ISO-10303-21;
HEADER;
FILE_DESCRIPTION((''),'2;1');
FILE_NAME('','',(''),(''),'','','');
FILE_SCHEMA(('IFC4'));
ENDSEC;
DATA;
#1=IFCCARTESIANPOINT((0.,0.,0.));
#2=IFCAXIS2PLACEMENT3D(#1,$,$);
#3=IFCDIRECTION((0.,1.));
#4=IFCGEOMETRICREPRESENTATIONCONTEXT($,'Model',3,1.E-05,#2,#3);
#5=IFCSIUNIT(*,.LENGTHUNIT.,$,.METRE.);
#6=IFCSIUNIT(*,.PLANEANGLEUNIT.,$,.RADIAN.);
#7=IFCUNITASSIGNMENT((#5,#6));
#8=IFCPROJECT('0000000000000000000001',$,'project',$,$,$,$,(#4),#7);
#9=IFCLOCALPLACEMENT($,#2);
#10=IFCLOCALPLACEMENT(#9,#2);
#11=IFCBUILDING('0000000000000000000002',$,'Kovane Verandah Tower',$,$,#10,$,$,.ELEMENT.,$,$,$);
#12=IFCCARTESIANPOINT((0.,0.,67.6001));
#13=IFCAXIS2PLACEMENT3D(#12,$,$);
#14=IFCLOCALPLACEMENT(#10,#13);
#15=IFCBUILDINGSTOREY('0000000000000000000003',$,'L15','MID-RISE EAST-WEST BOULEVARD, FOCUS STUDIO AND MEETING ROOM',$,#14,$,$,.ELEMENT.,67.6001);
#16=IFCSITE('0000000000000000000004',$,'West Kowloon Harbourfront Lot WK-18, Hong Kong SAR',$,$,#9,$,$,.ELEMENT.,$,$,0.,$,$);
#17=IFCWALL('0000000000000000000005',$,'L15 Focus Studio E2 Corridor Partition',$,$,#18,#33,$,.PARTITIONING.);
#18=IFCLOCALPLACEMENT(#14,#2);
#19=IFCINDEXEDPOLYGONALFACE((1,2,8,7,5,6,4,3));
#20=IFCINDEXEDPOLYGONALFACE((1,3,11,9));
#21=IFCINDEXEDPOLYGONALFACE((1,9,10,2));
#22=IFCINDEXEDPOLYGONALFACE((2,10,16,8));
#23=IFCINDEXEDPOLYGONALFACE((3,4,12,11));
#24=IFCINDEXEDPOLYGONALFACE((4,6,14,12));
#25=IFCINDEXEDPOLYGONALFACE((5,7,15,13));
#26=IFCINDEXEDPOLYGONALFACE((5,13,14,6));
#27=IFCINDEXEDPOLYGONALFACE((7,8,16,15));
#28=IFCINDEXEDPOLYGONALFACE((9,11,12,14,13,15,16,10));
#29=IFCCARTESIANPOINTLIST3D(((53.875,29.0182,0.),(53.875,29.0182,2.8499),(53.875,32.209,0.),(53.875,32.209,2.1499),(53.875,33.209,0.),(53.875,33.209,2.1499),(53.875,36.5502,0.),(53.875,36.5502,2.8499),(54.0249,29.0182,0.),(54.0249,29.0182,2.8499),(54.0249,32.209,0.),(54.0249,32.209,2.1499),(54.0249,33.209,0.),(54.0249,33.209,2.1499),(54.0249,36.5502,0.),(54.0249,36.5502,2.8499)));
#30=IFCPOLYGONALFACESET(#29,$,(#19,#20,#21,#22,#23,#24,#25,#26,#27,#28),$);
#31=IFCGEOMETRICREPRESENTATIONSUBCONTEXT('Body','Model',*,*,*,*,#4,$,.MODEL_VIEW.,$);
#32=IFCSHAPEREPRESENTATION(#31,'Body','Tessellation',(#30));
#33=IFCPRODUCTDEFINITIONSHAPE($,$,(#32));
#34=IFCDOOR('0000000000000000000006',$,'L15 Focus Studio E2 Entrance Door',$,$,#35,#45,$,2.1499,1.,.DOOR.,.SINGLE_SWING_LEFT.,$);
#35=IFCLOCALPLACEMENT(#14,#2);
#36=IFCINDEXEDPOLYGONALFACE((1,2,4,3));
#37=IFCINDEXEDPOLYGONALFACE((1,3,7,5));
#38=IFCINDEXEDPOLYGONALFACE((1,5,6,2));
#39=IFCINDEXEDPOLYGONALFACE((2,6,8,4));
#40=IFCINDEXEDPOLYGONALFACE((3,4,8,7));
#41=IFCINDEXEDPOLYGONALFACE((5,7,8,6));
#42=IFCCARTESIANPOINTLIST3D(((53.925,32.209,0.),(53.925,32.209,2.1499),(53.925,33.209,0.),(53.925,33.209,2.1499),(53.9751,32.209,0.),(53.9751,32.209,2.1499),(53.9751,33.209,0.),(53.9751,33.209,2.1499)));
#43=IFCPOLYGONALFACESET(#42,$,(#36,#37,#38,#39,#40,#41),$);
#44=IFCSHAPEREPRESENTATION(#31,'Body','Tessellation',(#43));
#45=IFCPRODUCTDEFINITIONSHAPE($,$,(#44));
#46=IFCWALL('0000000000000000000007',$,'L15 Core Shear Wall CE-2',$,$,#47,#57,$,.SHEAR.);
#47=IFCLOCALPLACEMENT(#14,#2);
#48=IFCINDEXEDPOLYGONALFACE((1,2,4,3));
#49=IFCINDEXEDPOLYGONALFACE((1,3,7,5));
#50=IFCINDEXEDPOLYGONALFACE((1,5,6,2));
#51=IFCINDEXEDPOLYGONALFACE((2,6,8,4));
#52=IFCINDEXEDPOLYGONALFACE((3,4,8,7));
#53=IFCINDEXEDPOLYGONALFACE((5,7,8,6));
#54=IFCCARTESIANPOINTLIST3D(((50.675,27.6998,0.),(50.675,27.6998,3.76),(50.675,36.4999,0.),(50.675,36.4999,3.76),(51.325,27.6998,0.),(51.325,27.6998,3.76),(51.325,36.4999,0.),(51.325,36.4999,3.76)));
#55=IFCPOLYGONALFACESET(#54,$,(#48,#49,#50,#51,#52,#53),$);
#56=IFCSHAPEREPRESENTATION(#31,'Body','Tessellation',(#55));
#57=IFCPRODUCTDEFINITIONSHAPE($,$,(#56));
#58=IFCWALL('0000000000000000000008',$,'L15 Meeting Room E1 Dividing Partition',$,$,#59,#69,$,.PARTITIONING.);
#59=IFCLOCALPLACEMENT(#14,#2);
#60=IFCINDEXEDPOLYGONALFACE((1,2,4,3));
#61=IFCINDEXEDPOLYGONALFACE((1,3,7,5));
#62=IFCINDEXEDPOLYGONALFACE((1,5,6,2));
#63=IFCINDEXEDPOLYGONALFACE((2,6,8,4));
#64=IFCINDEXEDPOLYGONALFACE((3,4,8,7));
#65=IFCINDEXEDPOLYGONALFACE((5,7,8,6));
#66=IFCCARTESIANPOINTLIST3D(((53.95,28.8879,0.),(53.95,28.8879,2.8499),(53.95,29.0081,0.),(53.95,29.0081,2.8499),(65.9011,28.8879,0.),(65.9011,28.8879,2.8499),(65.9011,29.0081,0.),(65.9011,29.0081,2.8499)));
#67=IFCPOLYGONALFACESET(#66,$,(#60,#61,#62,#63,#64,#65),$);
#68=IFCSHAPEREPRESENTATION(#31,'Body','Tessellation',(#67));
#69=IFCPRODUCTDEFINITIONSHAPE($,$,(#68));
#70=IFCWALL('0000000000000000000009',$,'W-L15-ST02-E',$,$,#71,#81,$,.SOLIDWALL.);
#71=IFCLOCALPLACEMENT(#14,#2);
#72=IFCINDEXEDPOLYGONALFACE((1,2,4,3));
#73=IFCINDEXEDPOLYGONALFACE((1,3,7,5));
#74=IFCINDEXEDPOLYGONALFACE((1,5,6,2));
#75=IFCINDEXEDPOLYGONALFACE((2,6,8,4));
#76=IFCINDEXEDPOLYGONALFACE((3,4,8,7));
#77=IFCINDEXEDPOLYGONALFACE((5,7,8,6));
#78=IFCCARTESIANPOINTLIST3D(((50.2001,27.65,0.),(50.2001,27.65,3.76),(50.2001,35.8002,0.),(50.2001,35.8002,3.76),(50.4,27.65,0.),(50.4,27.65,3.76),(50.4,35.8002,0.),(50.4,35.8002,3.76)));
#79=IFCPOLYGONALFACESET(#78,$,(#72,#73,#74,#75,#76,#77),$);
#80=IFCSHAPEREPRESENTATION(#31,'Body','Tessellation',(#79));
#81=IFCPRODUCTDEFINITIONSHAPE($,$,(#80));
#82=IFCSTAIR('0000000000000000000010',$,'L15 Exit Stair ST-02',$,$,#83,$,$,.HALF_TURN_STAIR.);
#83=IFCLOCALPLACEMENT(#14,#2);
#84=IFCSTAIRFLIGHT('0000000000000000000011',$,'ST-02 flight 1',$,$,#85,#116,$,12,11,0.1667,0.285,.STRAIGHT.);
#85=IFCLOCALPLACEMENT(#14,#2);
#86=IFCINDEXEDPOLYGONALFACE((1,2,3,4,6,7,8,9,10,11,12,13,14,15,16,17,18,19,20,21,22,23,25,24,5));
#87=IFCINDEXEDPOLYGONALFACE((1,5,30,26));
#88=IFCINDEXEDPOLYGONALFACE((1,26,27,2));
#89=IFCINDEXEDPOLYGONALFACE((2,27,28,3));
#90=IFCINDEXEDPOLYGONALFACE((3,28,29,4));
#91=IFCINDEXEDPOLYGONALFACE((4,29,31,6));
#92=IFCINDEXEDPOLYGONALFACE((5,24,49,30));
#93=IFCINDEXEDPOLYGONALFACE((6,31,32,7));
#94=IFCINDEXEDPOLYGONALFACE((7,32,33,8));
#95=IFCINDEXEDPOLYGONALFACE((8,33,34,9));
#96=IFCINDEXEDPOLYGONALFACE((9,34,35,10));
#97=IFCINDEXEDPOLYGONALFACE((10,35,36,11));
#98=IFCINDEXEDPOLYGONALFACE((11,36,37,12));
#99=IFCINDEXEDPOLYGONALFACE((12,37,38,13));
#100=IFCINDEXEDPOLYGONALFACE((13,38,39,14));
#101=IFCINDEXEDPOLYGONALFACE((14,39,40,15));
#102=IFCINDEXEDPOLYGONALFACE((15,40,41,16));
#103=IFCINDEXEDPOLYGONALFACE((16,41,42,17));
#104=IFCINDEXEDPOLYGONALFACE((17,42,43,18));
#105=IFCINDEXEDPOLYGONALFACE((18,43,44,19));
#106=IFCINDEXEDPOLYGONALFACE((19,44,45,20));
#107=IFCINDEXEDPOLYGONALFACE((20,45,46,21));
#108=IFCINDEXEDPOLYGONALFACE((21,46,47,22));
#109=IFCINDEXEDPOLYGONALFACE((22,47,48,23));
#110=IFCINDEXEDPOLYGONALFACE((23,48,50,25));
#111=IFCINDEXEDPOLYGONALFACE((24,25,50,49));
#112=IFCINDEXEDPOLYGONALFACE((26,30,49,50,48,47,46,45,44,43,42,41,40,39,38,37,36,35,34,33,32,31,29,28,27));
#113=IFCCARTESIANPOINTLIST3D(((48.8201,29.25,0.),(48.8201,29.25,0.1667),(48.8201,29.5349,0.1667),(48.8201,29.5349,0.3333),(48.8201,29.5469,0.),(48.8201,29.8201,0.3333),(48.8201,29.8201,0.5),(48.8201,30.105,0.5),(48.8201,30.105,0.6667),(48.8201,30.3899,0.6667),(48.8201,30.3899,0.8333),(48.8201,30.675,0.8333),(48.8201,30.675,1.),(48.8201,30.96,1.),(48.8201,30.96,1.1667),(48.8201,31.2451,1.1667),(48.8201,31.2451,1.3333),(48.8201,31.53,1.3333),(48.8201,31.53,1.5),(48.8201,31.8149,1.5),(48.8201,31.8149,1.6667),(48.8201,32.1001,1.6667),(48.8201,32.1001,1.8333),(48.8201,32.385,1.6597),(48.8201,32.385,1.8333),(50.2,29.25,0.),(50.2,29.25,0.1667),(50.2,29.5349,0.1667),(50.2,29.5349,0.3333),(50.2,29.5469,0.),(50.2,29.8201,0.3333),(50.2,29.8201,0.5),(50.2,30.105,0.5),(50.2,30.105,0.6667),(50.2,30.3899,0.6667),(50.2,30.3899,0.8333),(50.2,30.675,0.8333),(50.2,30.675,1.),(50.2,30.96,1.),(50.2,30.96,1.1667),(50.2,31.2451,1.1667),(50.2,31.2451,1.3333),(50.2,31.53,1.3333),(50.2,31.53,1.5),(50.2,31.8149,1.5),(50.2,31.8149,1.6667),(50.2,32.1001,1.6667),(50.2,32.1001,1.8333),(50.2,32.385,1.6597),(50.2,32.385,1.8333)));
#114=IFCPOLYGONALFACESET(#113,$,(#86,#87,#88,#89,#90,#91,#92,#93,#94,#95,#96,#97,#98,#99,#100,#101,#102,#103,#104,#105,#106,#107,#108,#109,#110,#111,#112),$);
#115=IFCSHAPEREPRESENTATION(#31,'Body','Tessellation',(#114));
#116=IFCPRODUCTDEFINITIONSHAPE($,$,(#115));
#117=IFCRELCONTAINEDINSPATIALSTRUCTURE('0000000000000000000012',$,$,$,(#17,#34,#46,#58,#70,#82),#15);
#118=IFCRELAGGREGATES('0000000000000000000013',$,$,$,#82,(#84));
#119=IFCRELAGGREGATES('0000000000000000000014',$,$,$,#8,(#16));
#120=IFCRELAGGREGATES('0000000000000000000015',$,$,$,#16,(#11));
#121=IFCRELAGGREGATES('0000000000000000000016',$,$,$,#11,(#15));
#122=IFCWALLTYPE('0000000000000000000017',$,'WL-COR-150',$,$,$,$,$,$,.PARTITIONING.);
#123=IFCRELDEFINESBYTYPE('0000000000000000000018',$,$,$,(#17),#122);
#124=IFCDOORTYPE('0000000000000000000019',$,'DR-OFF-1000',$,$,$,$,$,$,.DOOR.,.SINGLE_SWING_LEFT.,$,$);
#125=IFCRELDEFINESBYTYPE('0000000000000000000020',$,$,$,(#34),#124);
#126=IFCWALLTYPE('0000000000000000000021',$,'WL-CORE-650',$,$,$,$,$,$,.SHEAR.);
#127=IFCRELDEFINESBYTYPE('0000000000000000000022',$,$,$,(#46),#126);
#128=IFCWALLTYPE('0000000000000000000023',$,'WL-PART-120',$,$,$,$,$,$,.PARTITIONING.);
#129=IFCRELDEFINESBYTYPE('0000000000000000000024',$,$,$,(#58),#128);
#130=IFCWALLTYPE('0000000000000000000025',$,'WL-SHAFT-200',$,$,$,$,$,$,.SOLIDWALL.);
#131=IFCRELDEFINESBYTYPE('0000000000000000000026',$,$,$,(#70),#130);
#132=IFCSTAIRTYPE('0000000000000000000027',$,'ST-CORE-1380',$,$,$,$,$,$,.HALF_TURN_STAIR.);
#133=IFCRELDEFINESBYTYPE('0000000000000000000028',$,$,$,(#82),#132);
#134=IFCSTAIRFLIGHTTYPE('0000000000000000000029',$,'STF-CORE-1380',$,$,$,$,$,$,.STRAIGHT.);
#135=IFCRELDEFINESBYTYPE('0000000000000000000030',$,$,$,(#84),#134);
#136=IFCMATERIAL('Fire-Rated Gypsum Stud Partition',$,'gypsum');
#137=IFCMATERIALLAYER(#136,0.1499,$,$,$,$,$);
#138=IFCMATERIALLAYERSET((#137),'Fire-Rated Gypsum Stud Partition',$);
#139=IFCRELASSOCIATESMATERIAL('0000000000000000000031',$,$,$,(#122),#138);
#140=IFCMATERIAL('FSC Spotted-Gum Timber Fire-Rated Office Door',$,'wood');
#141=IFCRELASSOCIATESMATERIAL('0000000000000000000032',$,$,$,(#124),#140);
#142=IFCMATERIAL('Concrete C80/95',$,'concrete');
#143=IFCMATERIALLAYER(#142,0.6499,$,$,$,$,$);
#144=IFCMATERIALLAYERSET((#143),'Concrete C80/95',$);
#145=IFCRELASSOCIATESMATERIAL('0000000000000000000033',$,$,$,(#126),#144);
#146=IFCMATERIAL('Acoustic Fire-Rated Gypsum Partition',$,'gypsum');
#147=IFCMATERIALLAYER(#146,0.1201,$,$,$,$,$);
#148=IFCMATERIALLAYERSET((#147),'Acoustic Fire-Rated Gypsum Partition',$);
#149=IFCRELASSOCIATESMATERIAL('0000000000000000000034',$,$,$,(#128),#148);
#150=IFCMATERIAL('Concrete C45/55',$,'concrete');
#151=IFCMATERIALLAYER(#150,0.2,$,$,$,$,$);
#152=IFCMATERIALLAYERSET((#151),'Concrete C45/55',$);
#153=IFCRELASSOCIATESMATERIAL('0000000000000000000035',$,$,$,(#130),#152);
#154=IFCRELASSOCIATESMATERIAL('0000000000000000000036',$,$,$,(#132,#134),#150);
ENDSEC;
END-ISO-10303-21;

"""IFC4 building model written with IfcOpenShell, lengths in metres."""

from ifc_helpers import new_model, si_unit, direction, frame, frame_2d, origin, place, context, subcontext, project, spatial, polyline, rectangle, outline, extrude, material, layer, layer_set, type_object, element, fill, aggregate, save


model = new_model("IFC4")

# Units and contexts
model_context = context("Model", 3, precision=1e-05, world=origin(), true_north=direction((0.0, 1.0)))
body_context = subcontext(model_context, "Body", "Model", "MODEL_VIEW")
ifc_project = project(units=[si_unit("LENGTHUNIT", "METRE"), si_unit("PLANEANGLEUNIT", "RADIAN")], contexts=[model_context])

# Site, building, storey
site_placement = place(None, origin())
site = spatial("IfcSite", under=ifc_project, at=site_placement, Name="West Kowloon Harbourfront Lot WK-18, Hong Kong SAR", CompositionType="ELEMENT", RefElevation=0.0)
building_placement = place(site_placement, origin())
building = spatial("IfcBuilding", under=site, at=building_placement, Name="Kovane Verandah Tower", CompositionType="ELEMENT")
storey_placement = place(building_placement, frame((0.0, 0.0, 67.6001)))
storey = spatial("IfcBuildingStorey", under=building, at=storey_placement, Name="L15", Description="MID-RISE EAST-WEST BOULEVARD, FOCUS STUDIO AND MEETING ROOM", CompositionType="ELEMENT", Elevation=67.6001)

# Shared definitions
ifc_material_1 = material(Name="Concrete C80/95", Category="concrete")

# Wall, opening, door
ifc_material_2 = material(Name="Fire-Rated Gypsum Stud Partition", Category="gypsum")
ifc_layer_1 = layer(ifc_material_2, 0.1499)
ifc_layer_set_1 = layer_set([ifc_layer_1], Name="Fire-Rated Gypsum Stud Partition")
wall_type_1 = type_object("IfcWallType", Name="WL-COR-150", PredefinedType="PARTITIONING", material=ifc_layer_set_1)
wall_1_placement = place(storey_placement, frame((53.95, 29.0181, 0.0), z_axis=(0.0, 0.0, 1.0), x_axis=(0.0, 1.0, 0.0)))
wall_1 = element("IfcWall", 1, at=wall_1_placement, inside=storey, type_object=wall_type_1, Name="L15 Focus Studio E2 Corridor Partition", PredefinedType="PARTITIONING", context=body_context, shape_type="SweptSolid", body=[
    extrude(rectangle(XDim=7.532, YDim=0.1499, at=frame_2d((3.7661, 0.0))), origin(), (0.0, 0.0, 1.0), 2.8499),
])
opening_placement = place(wall_1_placement, frame((3.1909, 0.0, 0.0)))
opening = element("IfcOpeningElement", 2, at=opening_placement, cuts=wall_1, PredefinedType="OPENING", context=body_context, shape_type="SweptSolid", body=[
    extrude(rectangle(XDim=1.0, YDim=2.1499, at=frame_2d((0.5, 1.075))), frame((0.0, 0.075, 0.0), z_axis=(0.0, -1.0, 0.0), x_axis=(1.0, 0.0, 0.0)), (0.0, 0.0, 1.0), 0.1499),
])
ifc_material_3 = material(Name="FSC Spotted-Gum Timber Fire-Rated Office Door", Category="wood")
door_type = type_object("IfcDoorType", Name="DR-OFF-1000", OperationType="SINGLE_SWING_LEFT", PredefinedType="DOOR", material=ifc_material_3)
door_placement = place(opening_placement, origin())
door = element("IfcDoor", 3, at=door_placement, inside=storey, type_object=door_type, Name="L15 Focus Studio E2 Entrance Door", OperationType="SINGLE_SWING_LEFT", OverallHeight=2.1499, OverallWidth=1.0, PredefinedType="DOOR", context=body_context, shape_type="SweptSolid", body=[
    extrude(rectangle(XDim=1.0, YDim=2.1499, at=frame_2d((0.5, 1.075))), frame((0.0, 0.0249, 0.0), z_axis=(0.0, -1.0, 0.0), x_axis=(1.0, 0.0, 0.0)), (0.0, 0.0, 1.0), 0.05),
])
fill(opening, door)

# Walls
ifc_layer_2 = layer(ifc_material_1, 0.6499)
ifc_layer_set_2 = layer_set([ifc_layer_2], Name="Concrete C80/95")
wall_type_2 = type_object("IfcWallType", Name="WL-CORE-650", PredefinedType="SHEAR", material=ifc_layer_set_2)
wall_2_placement = place(storey_placement, frame((51.0, 27.7, 0.0), z_axis=(0.0, 0.0, 1.0), x_axis=(0.0, 1.0, 0.0)))
element("IfcWall", 4, at=wall_2_placement, inside=storey, type_object=wall_type_2, Name="L15 Core Shear Wall CE-2", PredefinedType="SHEAR", context=body_context, shape_type="SweptSolid", body=[
    extrude(rectangle(XDim=8.8, YDim=0.6499, at=frame_2d((4.3999, 0.0))), origin(), (0.0, 0.0, 1.0), 3.76),
])
ifc_material_4 = material(Name="Acoustic Fire-Rated Gypsum Partition", Category="gypsum")
ifc_layer_3 = layer(ifc_material_4, 0.1201)
ifc_layer_set_3 = layer_set([ifc_layer_3], Name="Acoustic Fire-Rated Gypsum Partition")
wall_type_3 = type_object("IfcWallType", Name="WL-PART-120", PredefinedType="PARTITIONING", material=ifc_layer_set_3)
wall_3_placement = place(storey_placement, frame((53.95, 28.948, 0.0), z_axis=(0.0, 0.0, 1.0), x_axis=(1.0, 0.0, 0.0)))
element("IfcWall", 5, at=wall_3_placement, inside=storey, type_object=wall_type_3, Name="L15 Meeting Room E1 Dividing Partition", PredefinedType="PARTITIONING", context=body_context, shape_type="SweptSolid", body=[
    extrude(rectangle(XDim=11.9512, YDim=0.1201, at=frame_2d((5.9756, 0.0))), origin(), (0.0, 0.0, 1.0), 2.8499),
])
ifc_material_5 = material(Name="Concrete C45/55", Category="concrete")
ifc_layer_4 = layer(ifc_material_5, 0.2)
ifc_layer_set_4 = layer_set([ifc_layer_4], Name="Concrete C45/55")
wall_type_4 = type_object("IfcWallType", Name="WL-SHAFT-200", PredefinedType="SOLIDWALL", material=ifc_layer_set_4)
wall_4_placement = place(storey_placement, frame((50.3, 27.6499, 0.0), z_axis=(0.0, 0.0, 1.0), x_axis=(0.0, 1.0, 0.0)))
element("IfcWall", 6, at=wall_4_placement, inside=storey, type_object=wall_type_4, Name="W-L15-ST02-E", PredefinedType="SOLIDWALL", context=body_context, shape_type="SweptSolid", body=[
    extrude(rectangle(XDim=8.1501, YDim=0.2, at=frame_2d((4.0752, 0.0))), origin(), (0.0, 0.0, 1.0), 3.76),
])

# Stair, stair flight
stair_type = type_object("IfcStairType", Name="ST-CORE-1380", PredefinedType="HALF_TURN_STAIR", material=ifc_material_5)
stair_placement = place(storey_placement, origin())
stair = element("IfcStair", 7, at=stair_placement, inside=storey, type_object=stair_type, Name="L15 Exit Stair ST-02", PredefinedType="HALF_TURN_STAIR")
stair_flight_type = type_object("IfcStairFlightType", Name="STF-CORE-1380", PredefinedType="STRAIGHT", material=ifc_material_5)
stair_flight_placement = place(storey_placement, frame((49.51, 29.25, 0.0), z_axis=(0.0, 0.0, 1.0), x_axis=(0.0, 1.0, 0.0)))
stair_flight = element("IfcStairFlight", 8, at=stair_flight_placement, type_object=stair_flight_type, Name="ST-02 flight 1", NumberOfRisers=12, NumberOfTreads=11, PredefinedType="STRAIGHT", RiserHeight=0.1667, TreadLength=0.285, context=body_context, shape_type="SweptSolid", body=[
    extrude(outline(polyline([(0.0, 0.0), (0.0, 0.1667), (0.2849, 0.1667), (0.2849, 0.3333), (0.5701, 0.3333), (0.5701, 0.5), (0.855, 0.5), (0.855, 0.6667), (1.1399, 0.6667), (1.1399, 0.8333), (1.425, 0.8333), (1.425, 1.0), (1.71, 1.0), (1.71, 1.1667), (1.9951, 1.1667), (1.9951, 1.3333), (2.28, 1.3333), (2.28, 1.5), (2.5649, 1.5), (2.5649, 1.6667), (2.8501, 1.6667), (2.8501, 1.8333), (3.135, 1.8333), (3.135, 2.0), (3.135, 1.6597), (0.2969, 0.0), (0.0, 0.0)])), frame((0.0, 0.6899, 0.0), z_axis=(0.0, -1.0, 0.0), x_axis=(1.0, 0.0, 0.0)), (0.0, 0.0, 1.0), 1.3799),
])
aggregate(stair, [stair_flight])

save(model, "model.ifc")
